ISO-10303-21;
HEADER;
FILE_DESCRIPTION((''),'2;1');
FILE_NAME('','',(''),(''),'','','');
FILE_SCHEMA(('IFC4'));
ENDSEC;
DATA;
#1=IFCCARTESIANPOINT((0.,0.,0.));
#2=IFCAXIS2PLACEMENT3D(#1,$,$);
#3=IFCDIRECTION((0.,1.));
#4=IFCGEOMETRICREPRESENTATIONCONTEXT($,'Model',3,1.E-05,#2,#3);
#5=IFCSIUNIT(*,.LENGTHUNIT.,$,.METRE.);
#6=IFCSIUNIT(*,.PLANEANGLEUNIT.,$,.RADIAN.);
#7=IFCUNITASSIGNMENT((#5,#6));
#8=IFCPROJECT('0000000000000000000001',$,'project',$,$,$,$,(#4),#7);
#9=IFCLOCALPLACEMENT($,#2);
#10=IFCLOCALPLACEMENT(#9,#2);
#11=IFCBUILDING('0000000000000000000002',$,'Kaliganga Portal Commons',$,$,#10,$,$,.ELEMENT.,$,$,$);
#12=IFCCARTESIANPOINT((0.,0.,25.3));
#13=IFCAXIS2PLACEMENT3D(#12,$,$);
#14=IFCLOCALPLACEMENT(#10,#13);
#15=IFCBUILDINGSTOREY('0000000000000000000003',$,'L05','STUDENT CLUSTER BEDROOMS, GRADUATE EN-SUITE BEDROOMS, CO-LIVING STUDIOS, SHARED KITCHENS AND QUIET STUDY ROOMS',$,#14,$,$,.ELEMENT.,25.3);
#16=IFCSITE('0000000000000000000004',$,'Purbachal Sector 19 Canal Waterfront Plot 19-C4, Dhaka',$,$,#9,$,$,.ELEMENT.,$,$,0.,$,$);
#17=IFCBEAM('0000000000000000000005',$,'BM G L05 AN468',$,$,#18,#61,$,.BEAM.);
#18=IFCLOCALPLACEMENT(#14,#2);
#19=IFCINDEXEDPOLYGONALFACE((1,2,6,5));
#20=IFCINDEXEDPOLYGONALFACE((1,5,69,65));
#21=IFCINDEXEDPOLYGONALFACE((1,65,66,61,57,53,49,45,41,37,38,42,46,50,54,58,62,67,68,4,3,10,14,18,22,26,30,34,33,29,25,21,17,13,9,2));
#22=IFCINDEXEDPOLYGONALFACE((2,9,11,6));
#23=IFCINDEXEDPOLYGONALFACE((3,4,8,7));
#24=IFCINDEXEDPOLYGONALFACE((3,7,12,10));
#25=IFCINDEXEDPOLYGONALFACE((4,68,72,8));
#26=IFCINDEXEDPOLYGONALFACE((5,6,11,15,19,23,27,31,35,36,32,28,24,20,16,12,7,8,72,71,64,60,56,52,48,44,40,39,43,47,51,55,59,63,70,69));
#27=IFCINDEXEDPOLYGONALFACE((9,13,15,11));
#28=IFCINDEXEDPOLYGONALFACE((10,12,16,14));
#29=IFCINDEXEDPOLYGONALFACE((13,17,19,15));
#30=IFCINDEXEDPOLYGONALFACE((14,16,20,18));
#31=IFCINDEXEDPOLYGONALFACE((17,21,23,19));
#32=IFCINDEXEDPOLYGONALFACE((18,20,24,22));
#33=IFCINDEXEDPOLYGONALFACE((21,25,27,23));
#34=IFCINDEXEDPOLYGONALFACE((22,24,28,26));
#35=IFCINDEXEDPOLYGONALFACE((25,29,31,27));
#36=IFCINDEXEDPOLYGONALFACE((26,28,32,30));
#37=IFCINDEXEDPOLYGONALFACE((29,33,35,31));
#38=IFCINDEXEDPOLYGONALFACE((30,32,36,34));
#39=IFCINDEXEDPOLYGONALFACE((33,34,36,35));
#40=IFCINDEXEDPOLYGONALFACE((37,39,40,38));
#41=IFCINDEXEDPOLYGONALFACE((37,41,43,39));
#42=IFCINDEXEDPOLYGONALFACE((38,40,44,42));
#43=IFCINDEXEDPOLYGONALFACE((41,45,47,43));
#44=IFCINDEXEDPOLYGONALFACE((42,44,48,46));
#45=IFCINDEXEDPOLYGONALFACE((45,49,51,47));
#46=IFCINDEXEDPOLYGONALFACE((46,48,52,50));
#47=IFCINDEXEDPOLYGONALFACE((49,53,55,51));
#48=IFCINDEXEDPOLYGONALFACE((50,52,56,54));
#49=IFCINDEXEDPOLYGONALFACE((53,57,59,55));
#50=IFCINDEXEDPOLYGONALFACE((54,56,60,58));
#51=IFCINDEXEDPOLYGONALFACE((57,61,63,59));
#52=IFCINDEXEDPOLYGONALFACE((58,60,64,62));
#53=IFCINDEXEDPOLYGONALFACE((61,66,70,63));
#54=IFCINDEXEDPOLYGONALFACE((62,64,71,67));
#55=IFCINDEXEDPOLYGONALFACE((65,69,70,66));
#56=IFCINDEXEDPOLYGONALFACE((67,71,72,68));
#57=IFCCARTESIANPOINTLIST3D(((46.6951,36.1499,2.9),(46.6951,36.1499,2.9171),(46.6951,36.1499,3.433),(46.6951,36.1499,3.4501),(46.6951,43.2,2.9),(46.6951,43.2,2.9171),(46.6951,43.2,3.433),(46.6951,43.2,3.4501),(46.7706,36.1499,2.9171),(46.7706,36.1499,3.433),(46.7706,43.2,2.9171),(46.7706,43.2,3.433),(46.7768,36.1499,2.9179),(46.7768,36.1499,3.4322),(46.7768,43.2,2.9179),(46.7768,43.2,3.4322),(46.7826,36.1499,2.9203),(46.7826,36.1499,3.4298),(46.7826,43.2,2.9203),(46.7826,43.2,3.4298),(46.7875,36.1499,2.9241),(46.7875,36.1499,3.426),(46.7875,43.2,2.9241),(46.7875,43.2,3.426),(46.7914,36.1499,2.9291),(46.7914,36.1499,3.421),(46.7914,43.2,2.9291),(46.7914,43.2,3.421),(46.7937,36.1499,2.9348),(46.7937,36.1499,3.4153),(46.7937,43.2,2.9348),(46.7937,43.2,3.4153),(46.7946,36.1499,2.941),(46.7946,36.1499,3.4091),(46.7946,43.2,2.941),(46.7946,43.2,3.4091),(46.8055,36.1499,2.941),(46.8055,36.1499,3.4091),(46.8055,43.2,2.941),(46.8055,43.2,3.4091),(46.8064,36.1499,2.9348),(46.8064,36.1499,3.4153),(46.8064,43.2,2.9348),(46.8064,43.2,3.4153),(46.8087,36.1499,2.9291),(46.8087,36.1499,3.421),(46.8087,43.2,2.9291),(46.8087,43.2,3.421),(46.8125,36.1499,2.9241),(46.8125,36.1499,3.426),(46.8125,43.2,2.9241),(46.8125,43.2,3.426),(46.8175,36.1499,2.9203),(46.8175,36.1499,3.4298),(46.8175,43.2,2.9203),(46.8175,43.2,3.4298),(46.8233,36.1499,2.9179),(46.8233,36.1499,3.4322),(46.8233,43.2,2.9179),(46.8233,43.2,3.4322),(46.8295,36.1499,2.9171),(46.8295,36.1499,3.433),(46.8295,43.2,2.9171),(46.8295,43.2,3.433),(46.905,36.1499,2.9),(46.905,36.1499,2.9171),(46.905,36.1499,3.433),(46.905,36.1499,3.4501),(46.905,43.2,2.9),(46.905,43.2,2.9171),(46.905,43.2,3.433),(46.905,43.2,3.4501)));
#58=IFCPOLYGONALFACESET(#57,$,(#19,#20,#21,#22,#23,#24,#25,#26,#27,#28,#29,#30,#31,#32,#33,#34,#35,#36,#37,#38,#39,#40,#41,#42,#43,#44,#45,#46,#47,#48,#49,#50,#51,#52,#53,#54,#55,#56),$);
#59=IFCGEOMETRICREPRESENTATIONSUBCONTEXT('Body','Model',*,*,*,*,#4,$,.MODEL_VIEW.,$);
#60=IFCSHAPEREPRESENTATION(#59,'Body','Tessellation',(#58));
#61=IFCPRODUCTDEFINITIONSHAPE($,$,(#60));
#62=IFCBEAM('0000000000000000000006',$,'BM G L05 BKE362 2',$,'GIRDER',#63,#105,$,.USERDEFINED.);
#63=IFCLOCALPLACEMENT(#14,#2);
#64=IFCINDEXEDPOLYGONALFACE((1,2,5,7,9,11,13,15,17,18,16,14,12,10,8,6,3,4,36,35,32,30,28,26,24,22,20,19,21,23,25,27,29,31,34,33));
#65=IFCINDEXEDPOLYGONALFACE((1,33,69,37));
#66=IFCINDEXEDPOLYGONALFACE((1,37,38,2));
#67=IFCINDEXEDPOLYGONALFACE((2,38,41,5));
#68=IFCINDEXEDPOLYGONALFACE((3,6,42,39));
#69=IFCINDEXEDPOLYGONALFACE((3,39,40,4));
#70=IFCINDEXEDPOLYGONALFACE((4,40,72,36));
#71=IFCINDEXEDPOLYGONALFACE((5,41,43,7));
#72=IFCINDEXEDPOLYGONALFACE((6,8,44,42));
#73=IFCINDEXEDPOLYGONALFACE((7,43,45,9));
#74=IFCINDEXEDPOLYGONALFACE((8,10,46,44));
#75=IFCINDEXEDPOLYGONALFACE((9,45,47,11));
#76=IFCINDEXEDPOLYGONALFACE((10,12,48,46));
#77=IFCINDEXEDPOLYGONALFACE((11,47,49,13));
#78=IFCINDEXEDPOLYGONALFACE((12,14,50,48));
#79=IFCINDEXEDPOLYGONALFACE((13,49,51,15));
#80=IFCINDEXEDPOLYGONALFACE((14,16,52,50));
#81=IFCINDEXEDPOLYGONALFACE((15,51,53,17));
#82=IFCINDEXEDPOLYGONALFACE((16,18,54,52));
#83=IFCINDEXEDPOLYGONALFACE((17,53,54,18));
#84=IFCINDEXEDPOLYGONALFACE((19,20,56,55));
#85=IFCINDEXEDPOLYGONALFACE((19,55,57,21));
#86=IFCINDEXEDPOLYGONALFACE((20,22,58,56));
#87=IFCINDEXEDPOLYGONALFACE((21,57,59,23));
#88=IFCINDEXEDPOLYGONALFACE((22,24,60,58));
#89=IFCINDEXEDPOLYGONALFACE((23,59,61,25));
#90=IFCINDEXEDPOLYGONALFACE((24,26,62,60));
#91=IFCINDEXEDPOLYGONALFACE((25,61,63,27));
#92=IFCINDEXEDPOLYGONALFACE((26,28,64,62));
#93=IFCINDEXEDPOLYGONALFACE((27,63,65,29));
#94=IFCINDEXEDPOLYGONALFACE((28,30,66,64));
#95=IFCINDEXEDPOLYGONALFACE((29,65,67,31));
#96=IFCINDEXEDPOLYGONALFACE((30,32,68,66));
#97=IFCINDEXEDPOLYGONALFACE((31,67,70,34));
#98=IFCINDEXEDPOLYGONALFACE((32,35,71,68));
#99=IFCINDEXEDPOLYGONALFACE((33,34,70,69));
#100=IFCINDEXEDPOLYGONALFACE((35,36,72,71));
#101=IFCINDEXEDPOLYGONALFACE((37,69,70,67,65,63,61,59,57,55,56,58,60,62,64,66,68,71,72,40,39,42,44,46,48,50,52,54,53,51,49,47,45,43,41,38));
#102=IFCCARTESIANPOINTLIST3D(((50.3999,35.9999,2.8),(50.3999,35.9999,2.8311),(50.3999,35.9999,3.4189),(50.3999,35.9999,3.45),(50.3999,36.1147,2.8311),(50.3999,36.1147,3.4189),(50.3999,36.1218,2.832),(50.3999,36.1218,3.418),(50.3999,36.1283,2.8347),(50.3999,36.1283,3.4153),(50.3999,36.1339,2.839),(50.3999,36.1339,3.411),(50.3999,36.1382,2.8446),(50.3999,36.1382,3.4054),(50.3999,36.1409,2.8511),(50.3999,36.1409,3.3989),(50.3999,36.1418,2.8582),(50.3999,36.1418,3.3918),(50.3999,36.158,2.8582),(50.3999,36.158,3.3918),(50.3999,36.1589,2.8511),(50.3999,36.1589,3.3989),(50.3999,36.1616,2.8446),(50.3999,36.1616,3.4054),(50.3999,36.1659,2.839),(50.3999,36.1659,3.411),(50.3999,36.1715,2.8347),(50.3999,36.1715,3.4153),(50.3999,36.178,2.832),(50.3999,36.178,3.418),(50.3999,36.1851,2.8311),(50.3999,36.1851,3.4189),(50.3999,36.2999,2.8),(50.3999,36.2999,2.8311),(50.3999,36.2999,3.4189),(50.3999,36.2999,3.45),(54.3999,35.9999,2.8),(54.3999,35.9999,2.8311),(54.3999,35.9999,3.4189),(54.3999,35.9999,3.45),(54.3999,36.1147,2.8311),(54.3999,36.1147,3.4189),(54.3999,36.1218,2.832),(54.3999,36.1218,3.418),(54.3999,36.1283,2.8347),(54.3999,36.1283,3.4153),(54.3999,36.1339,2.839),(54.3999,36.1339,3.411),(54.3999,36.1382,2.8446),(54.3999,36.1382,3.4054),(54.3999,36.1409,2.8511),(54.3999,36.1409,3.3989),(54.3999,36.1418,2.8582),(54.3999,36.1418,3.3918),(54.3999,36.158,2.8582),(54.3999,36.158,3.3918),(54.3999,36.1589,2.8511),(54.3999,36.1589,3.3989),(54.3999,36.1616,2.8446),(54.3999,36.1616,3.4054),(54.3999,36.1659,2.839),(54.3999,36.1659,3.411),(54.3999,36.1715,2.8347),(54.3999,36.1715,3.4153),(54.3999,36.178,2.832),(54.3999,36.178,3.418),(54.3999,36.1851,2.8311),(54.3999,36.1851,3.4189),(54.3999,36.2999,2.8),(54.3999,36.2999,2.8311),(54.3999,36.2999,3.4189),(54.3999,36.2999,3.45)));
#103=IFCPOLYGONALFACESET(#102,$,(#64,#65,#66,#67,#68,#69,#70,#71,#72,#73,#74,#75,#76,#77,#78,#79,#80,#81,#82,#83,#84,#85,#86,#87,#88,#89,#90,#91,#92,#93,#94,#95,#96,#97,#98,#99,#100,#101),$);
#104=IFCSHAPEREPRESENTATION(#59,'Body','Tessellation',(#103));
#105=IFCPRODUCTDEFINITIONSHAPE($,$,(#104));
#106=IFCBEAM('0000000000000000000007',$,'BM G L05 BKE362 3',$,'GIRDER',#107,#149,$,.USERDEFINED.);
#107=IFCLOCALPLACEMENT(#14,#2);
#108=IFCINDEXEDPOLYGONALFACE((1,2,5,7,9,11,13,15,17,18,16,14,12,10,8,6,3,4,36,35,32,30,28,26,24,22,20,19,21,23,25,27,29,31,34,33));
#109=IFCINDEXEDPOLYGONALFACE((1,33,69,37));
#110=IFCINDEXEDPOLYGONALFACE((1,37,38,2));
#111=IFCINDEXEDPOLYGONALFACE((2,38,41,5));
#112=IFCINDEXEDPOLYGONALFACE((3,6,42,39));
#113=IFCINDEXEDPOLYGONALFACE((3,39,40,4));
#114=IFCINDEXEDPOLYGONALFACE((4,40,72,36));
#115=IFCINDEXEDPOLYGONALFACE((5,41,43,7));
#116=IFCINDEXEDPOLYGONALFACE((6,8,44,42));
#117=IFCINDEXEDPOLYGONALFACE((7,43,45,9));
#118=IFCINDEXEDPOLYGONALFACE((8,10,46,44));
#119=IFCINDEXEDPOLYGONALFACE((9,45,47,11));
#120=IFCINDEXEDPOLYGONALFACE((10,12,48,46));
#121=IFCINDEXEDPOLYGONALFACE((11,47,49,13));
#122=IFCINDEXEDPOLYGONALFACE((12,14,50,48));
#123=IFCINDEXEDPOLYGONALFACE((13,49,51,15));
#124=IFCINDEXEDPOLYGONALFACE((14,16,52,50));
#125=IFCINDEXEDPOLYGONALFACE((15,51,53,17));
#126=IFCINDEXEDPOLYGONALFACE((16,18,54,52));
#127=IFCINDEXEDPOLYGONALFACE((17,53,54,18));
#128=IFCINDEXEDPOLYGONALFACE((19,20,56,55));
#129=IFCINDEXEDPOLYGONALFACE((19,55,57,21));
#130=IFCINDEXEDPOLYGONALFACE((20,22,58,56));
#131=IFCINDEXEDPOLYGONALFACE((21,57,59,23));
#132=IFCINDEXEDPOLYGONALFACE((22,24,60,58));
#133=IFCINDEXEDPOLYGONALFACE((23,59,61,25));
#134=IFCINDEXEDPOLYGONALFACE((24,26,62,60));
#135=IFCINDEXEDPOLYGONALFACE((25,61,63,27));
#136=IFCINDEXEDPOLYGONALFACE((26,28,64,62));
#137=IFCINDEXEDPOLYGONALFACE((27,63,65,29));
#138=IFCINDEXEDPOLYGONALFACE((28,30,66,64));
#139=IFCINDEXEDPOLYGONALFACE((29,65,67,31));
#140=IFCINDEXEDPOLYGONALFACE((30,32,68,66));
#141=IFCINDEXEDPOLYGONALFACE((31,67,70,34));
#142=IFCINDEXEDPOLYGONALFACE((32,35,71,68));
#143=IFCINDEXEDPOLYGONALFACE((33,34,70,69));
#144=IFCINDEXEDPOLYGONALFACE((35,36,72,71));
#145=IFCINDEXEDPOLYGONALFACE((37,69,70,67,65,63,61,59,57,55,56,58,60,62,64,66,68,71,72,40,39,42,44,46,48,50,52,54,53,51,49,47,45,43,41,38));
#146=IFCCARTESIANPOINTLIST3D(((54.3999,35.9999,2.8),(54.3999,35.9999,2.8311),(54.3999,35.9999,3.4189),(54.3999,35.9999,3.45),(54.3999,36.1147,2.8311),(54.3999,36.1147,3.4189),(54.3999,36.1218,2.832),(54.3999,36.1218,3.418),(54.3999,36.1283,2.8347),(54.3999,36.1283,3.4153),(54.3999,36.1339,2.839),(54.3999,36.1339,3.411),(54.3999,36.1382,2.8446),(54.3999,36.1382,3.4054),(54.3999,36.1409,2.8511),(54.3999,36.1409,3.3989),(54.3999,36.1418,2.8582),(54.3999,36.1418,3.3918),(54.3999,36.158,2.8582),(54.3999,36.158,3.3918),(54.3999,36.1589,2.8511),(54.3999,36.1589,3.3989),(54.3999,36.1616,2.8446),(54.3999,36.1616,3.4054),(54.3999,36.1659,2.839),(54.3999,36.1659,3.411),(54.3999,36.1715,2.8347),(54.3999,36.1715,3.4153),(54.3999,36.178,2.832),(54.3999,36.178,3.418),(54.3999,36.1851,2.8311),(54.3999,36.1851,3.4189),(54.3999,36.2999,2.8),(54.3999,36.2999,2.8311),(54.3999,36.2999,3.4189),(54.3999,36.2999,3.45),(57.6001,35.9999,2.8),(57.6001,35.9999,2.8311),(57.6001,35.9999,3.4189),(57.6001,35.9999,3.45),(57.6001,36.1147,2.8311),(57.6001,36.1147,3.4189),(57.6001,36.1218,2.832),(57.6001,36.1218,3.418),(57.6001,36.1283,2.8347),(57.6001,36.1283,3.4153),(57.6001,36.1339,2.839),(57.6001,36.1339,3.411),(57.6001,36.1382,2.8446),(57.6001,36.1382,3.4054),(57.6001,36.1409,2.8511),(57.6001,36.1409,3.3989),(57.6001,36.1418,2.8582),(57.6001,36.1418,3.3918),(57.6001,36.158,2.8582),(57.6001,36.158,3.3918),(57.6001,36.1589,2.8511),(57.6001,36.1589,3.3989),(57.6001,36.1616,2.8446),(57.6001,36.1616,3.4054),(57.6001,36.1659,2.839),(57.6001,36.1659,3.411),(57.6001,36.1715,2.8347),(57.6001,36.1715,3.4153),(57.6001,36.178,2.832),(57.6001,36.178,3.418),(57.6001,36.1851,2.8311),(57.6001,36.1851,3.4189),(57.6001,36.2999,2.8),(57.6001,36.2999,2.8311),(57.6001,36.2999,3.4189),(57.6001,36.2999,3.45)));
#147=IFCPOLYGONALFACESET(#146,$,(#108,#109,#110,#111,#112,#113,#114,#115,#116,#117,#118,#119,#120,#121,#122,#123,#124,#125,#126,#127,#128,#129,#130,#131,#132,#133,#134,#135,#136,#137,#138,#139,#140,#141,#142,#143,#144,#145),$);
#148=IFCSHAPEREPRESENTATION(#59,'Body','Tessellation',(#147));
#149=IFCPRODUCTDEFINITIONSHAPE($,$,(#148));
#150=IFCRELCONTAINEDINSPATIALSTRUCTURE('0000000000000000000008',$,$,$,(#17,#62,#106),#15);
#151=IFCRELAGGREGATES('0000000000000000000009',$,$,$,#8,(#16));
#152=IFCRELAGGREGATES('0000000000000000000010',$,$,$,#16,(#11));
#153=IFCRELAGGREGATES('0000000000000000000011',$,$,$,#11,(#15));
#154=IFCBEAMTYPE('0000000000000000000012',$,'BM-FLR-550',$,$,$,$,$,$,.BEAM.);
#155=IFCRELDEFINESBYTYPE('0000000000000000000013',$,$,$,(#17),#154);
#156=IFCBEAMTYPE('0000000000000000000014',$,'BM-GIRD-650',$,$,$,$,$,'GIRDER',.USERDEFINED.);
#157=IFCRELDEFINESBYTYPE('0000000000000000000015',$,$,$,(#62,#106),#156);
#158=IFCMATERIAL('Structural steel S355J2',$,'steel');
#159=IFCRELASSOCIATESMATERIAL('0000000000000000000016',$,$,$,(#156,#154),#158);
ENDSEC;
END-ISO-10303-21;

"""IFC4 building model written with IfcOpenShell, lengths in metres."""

from ifc_helpers import new_model, si_unit, direction, frame, origin, origin_2d, place, context, subcontext, project, spatial, i_section, extrude, source, transform, mapped, material, material_profile, profile_set, type_object, element, save


model = new_model("IFC4")

# Units and contexts
model_context = context("Model", 3, precision=1e-05, world=origin(), true_north=direction((0.0, 1.0)))
body_context = subcontext(model_context, "Body", "Model", "MODEL_VIEW")
ifc_project = project(units=[si_unit("LENGTHUNIT", "METRE"), si_unit("PLANEANGLEUNIT", "RADIAN")], contexts=[model_context])

# Site, building, storey
site_placement = place(None, origin())
site = spatial("IfcSite", under=ifc_project, at=site_placement, Name="Purbachal Sector 19 Canal Waterfront Plot 19-C4, Dhaka", CompositionType="ELEMENT", RefElevation=0.0)
building_placement = place(site_placement, origin())
building = spatial("IfcBuilding", under=site, at=building_placement, Name="Kaliganga Portal Commons", CompositionType="ELEMENT")
storey_placement = place(building_placement, frame((0.0, 0.0, 25.3)))
storey = spatial("IfcBuildingStorey", under=building, at=storey_placement, Name="L05", Description="STUDENT CLUSTER BEDROOMS, GRADUATE EN-SUITE BEDROOMS, CO-LIVING STUDIOS, SHARED KITCHENS AND QUIET STUDY ROOMS", CompositionType="ELEMENT", Elevation=25.3)

# Beams
ifc_material_1 = material(Name="Structural steel S355J2", Category="steel")
ifc_material_profile_1 = material_profile(ifc_material_1, i_section(OverallWidth=0.3, OverallDepth=0.6499, WebThickness=0.0161, FlangeThickness=0.031, FilletRadius=0.0271, at=origin_2d()), Name="HE 650 B")
ifc_profile_set_1 = profile_set([ifc_material_profile_1], Name="Structural steel S355J2 wide-flange")
beam_type_1 = type_object("IfcBeamType", Name="BM-GIRD-650", ElementType="GIRDER", PredefinedType="USERDEFINED", material=ifc_profile_set_1)
ifc_material_profile_2 = material_profile(ifc_material_1, i_section(OverallWidth=0.21, OverallDepth=0.55, WebThickness=0.011, FlangeThickness=0.0171, FilletRadius=0.0239, at=origin_2d()), Name="IPE 550")
ifc_profile_set_2 = profile_set([ifc_material_profile_2], Name="Structural steel S355J2 wide-flange")
beam_type_2 = type_object("IfcBeamType", Name="BM-FLR-550", PredefinedType="BEAM", material=ifc_profile_set_2)
shared_shape_1 = source(origin(), body_context, "Body", "SweptSolid", [
    extrude(i_section(OverallWidth=0.21, OverallDepth=0.55, WebThickness=0.011, FlangeThickness=0.0171, FilletRadius=0.0239, at=origin_2d()), origin(), (0.0, 0.0, 1.0), 7.05),
])
beam_1_placement = place(storey_placement, frame((46.8, 36.1499, 3.175), z_axis=(0.0, 1.0, 0.0), x_axis=(-1.0, 0.0, 0.0)))
element("IfcBeam", 1, at=beam_1_placement, inside=storey, type_object=beam_type_2, Name="BM G L05 AN468", PredefinedType="BEAM", context=body_context, shape_type="MappedRepresentation", body=[
    mapped(shared_shape_1, transform((0.0, 0.0, 0.0), x_axis=(1.0, 0.0, 0.0), y_axis=(0.0, 1.0, 0.0), z_axis=(0.0, 0.0, 1.0), scale=1.0)),
])
shared_shape_2 = source(origin(), body_context, "Body", "SweptSolid", [
    extrude(i_section(OverallWidth=0.3, OverallDepth=0.6499, WebThickness=0.0161, FlangeThickness=0.031, FilletRadius=0.0271, at=origin_2d()), origin(), (0.0, 0.0, 1.0), 4.0),
])
beam_2_placement = place(storey_placement, frame((50.3999, 36.1499, 3.125), z_axis=(1.0, 0.0, 0.0), x_axis=(0.0, 1.0, 0.0)))
element("IfcBeam", 2, at=beam_2_placement, inside=storey, type_object=beam_type_1, Name="BM G L05 BKE362 2", ObjectType="GIRDER", PredefinedType="USERDEFINED", context=body_context, shape_type="MappedRepresentation", body=[
    mapped(shared_shape_2, transform((0.0, 0.0, 0.0), x_axis=(1.0, 0.0, 0.0), y_axis=(0.0, 1.0, 0.0), z_axis=(0.0, 0.0, 1.0), scale=1.0)),
])
shared_shape_3 = source(origin(), body_context, "Body", "SweptSolid", [
    extrude(i_section(OverallWidth=0.3, OverallDepth=0.6499, WebThickness=0.0161, FlangeThickness=0.031, FilletRadius=0.0271, at=origin_2d()), origin(), (0.0, 0.0, 1.0), 3.2002),
])
beam_3_placement = place(storey_placement, frame((54.3999, 36.1499, 3.125), z_axis=(1.0, 0.0, 0.0), x_axis=(0.0, 1.0, 0.0)))
element("IfcBeam", 3, at=beam_3_placement, inside=storey, type_object=beam_type_1, Name="BM G L05 BKE362 3", ObjectType="GIRDER", PredefinedType="USERDEFINED", context=body_context, shape_type="MappedRepresentation", body=[
    mapped(shared_shape_3, transform((0.0, 0.0, 0.0), x_axis=(1.0, 0.0, 0.0), y_axis=(0.0, 1.0, 0.0), z_axis=(0.0, 0.0, 1.0), scale=1.0)),
])

save(model, "model.ifc")
